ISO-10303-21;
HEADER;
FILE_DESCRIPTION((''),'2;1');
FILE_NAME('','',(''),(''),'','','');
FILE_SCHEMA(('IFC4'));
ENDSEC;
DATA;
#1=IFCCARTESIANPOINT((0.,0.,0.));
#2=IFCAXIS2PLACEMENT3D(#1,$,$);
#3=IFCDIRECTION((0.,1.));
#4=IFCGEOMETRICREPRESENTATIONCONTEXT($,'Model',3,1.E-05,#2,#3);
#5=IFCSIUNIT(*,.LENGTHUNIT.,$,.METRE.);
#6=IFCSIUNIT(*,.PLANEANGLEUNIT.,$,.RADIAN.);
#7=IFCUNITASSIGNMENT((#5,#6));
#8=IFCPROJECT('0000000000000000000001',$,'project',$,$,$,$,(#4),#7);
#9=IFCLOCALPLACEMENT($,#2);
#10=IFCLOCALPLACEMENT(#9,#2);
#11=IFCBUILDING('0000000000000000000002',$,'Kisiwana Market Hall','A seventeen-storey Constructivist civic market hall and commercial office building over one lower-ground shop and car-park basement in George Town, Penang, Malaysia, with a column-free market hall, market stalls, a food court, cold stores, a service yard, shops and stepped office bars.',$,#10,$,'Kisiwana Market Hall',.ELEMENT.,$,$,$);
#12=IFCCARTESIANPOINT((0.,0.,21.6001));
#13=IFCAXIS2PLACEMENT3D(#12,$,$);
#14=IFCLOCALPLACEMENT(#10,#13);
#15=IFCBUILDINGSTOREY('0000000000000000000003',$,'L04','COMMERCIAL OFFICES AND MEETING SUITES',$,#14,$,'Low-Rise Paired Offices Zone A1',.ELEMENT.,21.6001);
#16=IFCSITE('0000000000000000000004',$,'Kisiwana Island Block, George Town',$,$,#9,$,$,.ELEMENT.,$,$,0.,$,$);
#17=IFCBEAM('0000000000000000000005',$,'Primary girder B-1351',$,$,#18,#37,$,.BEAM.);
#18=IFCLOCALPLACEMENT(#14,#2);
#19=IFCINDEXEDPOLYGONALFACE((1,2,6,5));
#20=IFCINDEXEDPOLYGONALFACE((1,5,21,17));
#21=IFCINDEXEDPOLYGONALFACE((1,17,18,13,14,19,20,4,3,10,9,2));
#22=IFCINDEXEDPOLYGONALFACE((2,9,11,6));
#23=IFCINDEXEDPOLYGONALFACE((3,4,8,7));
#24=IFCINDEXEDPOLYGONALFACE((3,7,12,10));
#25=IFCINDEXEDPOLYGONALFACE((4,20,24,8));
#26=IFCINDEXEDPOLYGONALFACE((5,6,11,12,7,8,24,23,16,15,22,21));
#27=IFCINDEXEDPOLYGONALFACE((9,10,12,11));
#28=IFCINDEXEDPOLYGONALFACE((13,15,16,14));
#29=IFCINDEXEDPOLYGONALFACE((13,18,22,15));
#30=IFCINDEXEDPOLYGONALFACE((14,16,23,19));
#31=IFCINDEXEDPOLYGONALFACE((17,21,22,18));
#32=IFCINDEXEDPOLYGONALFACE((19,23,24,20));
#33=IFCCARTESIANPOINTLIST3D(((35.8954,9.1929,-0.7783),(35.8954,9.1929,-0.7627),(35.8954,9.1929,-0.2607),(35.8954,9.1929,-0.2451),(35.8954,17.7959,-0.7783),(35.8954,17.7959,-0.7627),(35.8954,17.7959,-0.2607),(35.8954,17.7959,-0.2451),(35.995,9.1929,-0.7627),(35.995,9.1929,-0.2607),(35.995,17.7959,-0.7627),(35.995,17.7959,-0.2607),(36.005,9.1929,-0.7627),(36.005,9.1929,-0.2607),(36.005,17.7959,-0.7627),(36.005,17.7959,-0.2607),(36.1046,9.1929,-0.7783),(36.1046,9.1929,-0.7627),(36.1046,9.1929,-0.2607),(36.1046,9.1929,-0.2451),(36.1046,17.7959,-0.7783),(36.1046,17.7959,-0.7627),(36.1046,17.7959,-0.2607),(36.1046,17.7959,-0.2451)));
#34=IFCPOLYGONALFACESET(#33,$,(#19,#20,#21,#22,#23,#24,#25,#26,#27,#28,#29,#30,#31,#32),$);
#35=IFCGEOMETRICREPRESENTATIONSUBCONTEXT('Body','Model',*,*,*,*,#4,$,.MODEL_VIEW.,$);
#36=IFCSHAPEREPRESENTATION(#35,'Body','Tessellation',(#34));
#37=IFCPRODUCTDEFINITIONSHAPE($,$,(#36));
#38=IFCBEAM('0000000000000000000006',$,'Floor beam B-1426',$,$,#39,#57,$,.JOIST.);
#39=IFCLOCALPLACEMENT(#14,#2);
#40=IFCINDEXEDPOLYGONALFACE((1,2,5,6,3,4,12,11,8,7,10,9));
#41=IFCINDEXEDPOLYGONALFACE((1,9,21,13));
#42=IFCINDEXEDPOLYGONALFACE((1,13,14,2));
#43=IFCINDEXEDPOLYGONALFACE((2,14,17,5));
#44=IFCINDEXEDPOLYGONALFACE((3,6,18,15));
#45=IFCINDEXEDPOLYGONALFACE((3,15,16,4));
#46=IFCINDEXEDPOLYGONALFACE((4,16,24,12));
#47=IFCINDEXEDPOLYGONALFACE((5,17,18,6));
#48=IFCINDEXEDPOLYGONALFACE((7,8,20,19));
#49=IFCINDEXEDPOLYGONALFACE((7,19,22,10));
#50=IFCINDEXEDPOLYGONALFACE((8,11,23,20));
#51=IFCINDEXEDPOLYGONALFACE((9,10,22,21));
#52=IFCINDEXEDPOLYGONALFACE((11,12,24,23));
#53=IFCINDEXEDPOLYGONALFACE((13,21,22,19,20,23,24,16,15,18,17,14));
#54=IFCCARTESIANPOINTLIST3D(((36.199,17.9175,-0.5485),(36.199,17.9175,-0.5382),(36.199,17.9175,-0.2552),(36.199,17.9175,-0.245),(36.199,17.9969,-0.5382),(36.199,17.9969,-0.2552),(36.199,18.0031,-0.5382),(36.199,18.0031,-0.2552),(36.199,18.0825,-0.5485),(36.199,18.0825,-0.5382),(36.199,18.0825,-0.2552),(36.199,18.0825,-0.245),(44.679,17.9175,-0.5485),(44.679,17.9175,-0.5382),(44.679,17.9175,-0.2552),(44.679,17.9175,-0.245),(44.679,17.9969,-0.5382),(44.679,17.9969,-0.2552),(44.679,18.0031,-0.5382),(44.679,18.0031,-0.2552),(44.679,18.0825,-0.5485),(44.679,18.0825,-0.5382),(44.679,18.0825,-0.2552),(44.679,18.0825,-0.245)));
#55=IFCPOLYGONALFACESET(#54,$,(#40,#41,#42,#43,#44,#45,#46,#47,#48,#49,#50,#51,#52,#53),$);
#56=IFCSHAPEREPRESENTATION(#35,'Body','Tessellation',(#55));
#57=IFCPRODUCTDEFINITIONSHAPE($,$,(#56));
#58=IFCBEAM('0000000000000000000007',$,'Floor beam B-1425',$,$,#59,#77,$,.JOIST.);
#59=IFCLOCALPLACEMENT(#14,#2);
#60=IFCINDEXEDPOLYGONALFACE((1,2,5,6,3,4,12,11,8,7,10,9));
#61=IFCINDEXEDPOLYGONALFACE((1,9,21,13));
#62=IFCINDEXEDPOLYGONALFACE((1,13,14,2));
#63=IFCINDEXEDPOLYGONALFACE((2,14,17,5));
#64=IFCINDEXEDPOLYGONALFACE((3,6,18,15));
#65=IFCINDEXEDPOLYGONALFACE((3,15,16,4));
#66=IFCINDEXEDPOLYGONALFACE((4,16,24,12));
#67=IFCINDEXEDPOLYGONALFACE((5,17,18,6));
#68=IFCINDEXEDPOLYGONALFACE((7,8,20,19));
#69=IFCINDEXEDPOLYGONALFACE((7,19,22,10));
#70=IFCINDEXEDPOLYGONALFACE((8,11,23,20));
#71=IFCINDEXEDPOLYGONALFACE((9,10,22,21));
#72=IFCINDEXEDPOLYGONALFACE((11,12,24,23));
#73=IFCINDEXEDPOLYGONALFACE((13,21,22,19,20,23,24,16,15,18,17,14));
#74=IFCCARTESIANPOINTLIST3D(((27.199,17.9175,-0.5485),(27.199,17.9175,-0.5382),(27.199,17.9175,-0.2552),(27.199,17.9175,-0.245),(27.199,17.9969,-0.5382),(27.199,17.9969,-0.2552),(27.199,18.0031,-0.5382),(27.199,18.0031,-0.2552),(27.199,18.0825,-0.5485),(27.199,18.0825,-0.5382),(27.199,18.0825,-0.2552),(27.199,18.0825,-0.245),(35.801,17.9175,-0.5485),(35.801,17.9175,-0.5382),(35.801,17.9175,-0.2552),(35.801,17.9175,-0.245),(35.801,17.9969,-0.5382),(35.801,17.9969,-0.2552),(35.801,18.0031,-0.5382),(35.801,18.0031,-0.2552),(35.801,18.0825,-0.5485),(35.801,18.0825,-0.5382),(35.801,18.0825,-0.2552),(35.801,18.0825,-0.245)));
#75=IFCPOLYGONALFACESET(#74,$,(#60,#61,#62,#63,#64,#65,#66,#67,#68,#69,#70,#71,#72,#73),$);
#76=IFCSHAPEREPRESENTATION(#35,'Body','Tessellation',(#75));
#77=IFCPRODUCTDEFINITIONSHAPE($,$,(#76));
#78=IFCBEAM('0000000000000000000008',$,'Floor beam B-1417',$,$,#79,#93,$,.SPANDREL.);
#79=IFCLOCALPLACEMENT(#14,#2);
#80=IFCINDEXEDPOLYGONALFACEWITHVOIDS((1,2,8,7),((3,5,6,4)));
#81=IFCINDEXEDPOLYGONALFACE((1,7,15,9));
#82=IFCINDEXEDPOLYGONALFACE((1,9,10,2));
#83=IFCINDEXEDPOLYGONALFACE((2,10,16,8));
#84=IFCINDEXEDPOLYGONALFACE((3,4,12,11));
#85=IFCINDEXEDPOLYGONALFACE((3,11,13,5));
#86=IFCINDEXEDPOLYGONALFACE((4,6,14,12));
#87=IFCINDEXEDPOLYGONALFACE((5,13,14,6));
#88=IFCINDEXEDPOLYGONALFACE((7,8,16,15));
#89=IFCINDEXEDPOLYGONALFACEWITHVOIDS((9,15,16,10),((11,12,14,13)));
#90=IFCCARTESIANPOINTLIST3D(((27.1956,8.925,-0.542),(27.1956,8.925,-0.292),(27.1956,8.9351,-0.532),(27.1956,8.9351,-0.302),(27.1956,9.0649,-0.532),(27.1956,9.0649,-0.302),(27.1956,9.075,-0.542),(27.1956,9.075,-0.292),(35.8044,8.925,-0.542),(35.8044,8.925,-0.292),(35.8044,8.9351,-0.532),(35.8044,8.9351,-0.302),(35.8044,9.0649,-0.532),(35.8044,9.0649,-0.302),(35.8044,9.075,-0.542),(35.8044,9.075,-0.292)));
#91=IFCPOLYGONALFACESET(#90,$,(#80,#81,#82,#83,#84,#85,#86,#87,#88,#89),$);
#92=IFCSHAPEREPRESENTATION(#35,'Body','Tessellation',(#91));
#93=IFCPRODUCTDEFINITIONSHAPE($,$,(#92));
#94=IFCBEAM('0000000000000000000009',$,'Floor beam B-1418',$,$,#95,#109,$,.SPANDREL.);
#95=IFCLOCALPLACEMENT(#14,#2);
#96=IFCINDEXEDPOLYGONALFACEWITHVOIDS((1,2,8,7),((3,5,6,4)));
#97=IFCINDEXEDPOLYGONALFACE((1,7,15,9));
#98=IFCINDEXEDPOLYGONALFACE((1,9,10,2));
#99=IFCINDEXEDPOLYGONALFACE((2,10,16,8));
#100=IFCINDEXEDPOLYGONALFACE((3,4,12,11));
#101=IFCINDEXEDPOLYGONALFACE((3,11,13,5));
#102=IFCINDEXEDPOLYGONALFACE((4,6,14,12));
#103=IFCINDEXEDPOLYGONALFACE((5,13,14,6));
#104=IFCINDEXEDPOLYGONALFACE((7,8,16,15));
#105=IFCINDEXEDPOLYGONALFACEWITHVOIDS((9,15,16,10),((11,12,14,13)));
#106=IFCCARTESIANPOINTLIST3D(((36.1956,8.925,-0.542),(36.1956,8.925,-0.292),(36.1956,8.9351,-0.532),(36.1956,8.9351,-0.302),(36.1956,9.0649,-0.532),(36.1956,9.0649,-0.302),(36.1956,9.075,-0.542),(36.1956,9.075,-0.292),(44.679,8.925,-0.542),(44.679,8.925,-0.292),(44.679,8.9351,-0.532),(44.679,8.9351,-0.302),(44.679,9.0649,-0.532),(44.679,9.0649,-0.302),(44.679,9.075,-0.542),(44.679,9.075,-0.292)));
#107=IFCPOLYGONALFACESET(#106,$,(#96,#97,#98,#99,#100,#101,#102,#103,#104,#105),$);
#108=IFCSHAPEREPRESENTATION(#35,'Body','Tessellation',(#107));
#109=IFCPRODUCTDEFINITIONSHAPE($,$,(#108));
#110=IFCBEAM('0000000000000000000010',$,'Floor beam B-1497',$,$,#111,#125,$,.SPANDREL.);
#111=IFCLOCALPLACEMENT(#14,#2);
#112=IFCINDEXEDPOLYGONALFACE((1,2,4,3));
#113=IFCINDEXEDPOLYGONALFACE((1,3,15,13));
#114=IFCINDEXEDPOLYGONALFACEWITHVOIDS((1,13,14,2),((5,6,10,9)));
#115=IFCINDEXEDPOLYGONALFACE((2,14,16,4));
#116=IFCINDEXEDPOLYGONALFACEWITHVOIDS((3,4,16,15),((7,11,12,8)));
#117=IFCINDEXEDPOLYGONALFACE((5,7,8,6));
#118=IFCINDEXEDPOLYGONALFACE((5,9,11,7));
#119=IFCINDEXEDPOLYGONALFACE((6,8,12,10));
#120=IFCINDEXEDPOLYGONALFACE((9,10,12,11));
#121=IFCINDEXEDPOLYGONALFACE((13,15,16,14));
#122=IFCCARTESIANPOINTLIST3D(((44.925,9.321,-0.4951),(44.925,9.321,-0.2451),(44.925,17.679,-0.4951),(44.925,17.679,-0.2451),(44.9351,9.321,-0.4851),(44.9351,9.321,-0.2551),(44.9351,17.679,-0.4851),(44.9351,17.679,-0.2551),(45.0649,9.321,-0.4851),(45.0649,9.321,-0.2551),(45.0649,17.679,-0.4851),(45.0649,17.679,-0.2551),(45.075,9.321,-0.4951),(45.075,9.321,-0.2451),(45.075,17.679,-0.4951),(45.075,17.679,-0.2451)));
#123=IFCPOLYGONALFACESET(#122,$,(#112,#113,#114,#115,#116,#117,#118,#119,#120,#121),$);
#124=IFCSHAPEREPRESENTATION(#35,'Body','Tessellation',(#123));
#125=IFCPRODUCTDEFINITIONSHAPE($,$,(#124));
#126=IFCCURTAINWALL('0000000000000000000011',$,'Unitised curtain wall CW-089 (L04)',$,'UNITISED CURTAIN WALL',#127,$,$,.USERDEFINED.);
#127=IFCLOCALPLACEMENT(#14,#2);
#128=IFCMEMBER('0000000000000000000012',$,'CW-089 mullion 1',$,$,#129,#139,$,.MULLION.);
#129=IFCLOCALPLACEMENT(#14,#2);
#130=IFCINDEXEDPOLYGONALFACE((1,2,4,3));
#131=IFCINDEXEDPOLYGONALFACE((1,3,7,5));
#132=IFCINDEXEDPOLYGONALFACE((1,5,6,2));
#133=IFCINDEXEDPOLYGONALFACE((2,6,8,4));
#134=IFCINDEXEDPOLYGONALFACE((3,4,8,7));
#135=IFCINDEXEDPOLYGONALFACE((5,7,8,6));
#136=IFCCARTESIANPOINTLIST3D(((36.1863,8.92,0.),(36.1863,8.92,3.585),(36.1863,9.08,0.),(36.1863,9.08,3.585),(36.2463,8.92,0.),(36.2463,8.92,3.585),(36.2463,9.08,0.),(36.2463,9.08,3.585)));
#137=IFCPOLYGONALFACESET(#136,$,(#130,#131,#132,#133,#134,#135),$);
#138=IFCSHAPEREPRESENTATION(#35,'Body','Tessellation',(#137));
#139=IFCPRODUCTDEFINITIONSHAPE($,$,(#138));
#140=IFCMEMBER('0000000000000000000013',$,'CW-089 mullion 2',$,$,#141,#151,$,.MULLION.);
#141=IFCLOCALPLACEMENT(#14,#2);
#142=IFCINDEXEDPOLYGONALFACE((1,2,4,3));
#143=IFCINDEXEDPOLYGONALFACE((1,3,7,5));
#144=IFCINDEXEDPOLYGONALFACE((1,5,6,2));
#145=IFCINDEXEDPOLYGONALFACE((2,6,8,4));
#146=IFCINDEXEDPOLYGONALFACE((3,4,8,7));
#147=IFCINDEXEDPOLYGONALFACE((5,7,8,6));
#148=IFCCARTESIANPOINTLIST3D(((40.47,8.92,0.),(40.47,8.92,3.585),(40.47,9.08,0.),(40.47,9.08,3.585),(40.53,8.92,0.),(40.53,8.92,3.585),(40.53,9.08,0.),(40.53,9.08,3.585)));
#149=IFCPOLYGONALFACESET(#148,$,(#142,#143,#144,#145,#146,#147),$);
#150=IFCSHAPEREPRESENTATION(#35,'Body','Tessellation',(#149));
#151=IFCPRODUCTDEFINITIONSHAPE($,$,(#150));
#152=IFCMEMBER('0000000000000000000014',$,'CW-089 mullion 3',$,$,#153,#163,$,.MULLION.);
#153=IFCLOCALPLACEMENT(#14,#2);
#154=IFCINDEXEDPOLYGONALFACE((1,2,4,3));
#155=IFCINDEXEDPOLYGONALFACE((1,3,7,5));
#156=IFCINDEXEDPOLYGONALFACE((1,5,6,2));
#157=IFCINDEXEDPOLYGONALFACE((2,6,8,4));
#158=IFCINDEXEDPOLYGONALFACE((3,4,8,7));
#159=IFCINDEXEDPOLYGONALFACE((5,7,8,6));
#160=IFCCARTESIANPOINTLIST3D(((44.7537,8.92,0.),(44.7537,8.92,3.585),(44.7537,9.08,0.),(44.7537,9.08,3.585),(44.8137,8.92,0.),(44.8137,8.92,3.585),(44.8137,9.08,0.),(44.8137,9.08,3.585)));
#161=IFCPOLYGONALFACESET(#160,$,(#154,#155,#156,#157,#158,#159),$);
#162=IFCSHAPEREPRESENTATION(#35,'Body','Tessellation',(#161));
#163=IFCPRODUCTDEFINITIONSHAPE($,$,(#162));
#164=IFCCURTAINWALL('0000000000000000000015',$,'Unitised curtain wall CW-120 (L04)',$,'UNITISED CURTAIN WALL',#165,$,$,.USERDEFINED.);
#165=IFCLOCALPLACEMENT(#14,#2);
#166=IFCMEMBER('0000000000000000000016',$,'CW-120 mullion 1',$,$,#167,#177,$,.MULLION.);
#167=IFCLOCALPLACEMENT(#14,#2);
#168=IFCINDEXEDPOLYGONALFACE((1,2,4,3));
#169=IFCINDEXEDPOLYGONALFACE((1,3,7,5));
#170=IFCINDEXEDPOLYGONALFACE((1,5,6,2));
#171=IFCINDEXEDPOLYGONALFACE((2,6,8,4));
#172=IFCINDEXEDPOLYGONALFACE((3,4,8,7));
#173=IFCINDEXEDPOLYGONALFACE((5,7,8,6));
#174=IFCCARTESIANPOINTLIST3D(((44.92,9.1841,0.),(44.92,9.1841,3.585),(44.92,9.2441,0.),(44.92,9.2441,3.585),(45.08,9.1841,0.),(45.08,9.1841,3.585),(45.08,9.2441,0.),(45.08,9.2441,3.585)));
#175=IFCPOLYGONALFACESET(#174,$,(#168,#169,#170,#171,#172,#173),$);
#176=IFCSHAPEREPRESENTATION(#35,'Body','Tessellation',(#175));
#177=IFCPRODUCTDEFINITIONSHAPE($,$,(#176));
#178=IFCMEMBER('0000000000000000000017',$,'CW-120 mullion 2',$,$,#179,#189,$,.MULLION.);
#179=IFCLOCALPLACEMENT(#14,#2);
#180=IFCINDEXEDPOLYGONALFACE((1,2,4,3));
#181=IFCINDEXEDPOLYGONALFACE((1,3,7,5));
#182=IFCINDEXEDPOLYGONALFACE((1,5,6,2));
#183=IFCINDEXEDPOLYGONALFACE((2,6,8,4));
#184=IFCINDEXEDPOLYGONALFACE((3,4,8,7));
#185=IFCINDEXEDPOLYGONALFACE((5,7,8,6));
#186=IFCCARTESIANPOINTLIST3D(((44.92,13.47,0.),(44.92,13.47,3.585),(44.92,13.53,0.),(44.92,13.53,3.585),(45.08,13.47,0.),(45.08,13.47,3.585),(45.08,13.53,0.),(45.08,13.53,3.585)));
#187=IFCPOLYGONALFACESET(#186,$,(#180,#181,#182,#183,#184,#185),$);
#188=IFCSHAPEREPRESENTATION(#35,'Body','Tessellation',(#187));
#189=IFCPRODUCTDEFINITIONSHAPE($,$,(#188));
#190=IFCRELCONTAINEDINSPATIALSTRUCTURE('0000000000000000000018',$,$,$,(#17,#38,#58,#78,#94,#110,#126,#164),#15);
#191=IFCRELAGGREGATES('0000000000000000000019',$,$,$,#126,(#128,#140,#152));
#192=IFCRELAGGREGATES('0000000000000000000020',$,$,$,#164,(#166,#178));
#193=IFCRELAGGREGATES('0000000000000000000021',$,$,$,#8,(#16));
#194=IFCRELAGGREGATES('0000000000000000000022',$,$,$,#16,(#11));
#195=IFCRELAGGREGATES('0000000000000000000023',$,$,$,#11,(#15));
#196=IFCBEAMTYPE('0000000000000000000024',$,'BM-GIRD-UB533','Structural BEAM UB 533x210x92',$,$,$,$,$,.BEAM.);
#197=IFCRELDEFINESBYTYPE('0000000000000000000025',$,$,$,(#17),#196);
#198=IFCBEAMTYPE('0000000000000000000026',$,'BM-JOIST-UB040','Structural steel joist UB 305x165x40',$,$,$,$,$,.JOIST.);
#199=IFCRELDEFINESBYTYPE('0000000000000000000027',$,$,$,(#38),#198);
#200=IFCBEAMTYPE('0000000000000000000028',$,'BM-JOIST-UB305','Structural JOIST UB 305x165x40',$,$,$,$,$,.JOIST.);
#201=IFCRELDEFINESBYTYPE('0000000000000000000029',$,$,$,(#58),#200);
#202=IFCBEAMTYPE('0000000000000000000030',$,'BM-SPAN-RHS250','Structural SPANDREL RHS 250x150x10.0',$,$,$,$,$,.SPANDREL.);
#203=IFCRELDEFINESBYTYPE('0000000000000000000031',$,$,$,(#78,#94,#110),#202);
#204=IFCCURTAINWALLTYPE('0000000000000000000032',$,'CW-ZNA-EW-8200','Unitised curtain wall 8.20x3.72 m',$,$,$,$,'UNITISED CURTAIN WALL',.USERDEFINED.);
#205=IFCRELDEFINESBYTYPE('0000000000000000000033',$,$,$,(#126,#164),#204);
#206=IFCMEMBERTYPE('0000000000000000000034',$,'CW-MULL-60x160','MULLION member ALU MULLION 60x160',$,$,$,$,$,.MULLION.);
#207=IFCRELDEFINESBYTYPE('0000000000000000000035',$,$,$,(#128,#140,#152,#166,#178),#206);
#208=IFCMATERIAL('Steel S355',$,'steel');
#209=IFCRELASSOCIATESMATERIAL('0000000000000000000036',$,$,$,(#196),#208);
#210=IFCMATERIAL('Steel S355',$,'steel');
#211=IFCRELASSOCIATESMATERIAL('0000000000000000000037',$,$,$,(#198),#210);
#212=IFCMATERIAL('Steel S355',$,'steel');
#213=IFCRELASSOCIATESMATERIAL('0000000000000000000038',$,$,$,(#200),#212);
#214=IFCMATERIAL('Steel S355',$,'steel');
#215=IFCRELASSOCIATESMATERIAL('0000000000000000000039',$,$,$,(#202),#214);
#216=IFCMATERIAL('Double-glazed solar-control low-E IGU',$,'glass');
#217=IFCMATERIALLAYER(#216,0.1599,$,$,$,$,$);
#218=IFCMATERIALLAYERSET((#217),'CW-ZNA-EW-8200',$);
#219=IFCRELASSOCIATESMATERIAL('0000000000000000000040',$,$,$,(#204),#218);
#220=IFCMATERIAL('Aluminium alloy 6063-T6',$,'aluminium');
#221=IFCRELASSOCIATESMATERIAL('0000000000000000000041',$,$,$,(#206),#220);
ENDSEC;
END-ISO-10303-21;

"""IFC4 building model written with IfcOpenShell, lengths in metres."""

from ifc_helpers import new_model, si_unit, direction, frame, origin, origin_2d, place, context, subcontext, project, spatial, rectangle, hollow_rectangle, i_section, extrude, material, layer, layer_set, material_profile, profile_set, type_object, element, aggregate, save


model = new_model("IFC4")

# Units and contexts
model_context = context("Model", 3, precision=1e-05, world=origin(), true_north=direction((0.0, 1.0)))
body_context = subcontext(model_context, "Body", "Model", "MODEL_VIEW")
ifc_project = project(units=[si_unit("LENGTHUNIT", "METRE"), si_unit("PLANEANGLEUNIT", "RADIAN")], contexts=[model_context])

# Site, building, storey
site_placement = place(None, origin())
site = spatial("IfcSite", under=ifc_project, at=site_placement, Name="Kisiwana Island Block, George Town", CompositionType="ELEMENT", RefElevation=0.0)
building_placement = place(site_placement, origin())
building = spatial("IfcBuilding", under=site, at=building_placement, Name="Kisiwana Market Hall", Description="A seventeen-storey Constructivist civic market hall and commercial office building over one lower-ground shop and car-park basement in George Town, Penang, Malaysia, with a column-free market hall, market stalls, a food court, cold stores, a service yard, shops and stepped office bars.", LongName="Kisiwana Market Hall", CompositionType="ELEMENT")
storey_placement = place(building_placement, frame((0.0, 0.0, 21.6001)))
storey = spatial("IfcBuildingStorey", under=building, at=storey_placement, Name="L04", Description="COMMERCIAL OFFICES AND MEETING SUITES", LongName="Low-Rise Paired Offices Zone A1", CompositionType="ELEMENT", Elevation=21.6001)

# Beams
ifc_material_1 = material(Name="Steel S355", Category="steel")
ifc_material_profile_1 = material_profile(ifc_material_1, i_section(OverallWidth=0.2092, OverallDepth=0.5332, WebThickness=0.01, FlangeThickness=0.0156, at=origin_2d()), Name="UB 533x210x92")
ifc_profile_set_1 = profile_set([ifc_material_profile_1], Name="Steel S355")
beam_type_1 = type_object("IfcBeamType", Name="BM-GIRD-UB533", Description="Structural BEAM UB 533x210x92", PredefinedType="BEAM", material=ifc_profile_set_1)
beam_1_placement = place(storey_placement, frame((36.0, 9.1929, -0.5117), z_axis=(0.0, 1.0, 0.0), x_axis=(-1.0, 0.0, 0.0)))
element("IfcBeam", 1, at=beam_1_placement, inside=storey, type_object=beam_type_1, Name="Primary girder B-1351", PredefinedType="BEAM", context=body_context, shape_type="SweptSolid", body=[
    extrude(i_section(OverallWidth=0.2092, OverallDepth=0.5332, WebThickness=0.01, FlangeThickness=0.0156, at=origin_2d()), origin(), (0.0, 0.0, 1.0), 8.603),
])
ifc_material_2 = material(Name="Steel S355", Category="steel")
ifc_material_profile_2 = material_profile(ifc_material_2, i_section(OverallWidth=0.165, OverallDepth=0.3035, WebThickness=0.0061, FlangeThickness=0.0103, at=origin_2d()), Name="UB 305x165x40")
ifc_profile_set_2 = profile_set([ifc_material_profile_2], Name="Steel S355")
beam_type_2 = type_object("IfcBeamType", Name="BM-JOIST-UB040", Description="Structural steel joist UB 305x165x40", PredefinedType="JOIST", material=ifc_profile_set_2)
beam_2_placement = place(storey_placement, frame((36.199, 18.0, -0.3967), z_axis=(1.0, 0.0, 0.0), x_axis=(0.0, 1.0, 0.0)))
element("IfcBeam", 2, at=beam_2_placement, inside=storey, type_object=beam_type_2, Name="Floor beam B-1426", PredefinedType="JOIST", context=body_context, shape_type="SweptSolid", body=[
    extrude(i_section(OverallWidth=0.165, OverallDepth=0.3035, WebThickness=0.0061, FlangeThickness=0.0103, at=origin_2d()), origin(), (0.0, 0.0, 1.0), 8.48),
])
ifc_material_3 = material(Name="Steel S355", Category="steel")
ifc_material_profile_3 = material_profile(ifc_material_3, i_section(OverallWidth=0.165, OverallDepth=0.3035, WebThickness=0.0061, FlangeThickness=0.0103, at=origin_2d()), Name="UB 305x165x40")
ifc_profile_set_3 = profile_set([ifc_material_profile_3], Name="Steel S355")
beam_type_3 = type_object("IfcBeamType", Name="BM-JOIST-UB305", Description="Structural JOIST UB 305x165x40", PredefinedType="JOIST", material=ifc_profile_set_3)
beam_3_placement = place(storey_placement, frame((27.199, 18.0, -0.3967), z_axis=(1.0, 0.0, 0.0), x_axis=(0.0, 1.0, 0.0)))
element("IfcBeam", 3, at=beam_3_placement, inside=storey, type_object=beam_type_3, Name="Floor beam B-1425", PredefinedType="JOIST", context=body_context, shape_type="SweptSolid", body=[
    extrude(i_section(OverallWidth=0.165, OverallDepth=0.3035, WebThickness=0.0061, FlangeThickness=0.0103, at=origin_2d()), origin(), (0.0, 0.0, 1.0), 8.6021),
])
ifc_material_4 = material(Name="Steel S355", Category="steel")
ifc_material_profile_4 = material_profile(ifc_material_4, hollow_rectangle(XDim=0.1499, YDim=0.25, WallThickness=0.01, at=origin_2d()), Name="RHS 250x150x10.0")
ifc_profile_set_4 = profile_set([ifc_material_profile_4], Name="Steel S355")
beam_type_4 = type_object("IfcBeamType", Name="BM-SPAN-RHS250", Description="Structural SPANDREL RHS 250x150x10.0", PredefinedType="SPANDREL", material=ifc_profile_set_4)
beam_4_placement = place(storey_placement, frame((27.1956, 9.0, -0.417), z_axis=(1.0, 0.0, 0.0), x_axis=(0.0, 1.0, 0.0)))
element("IfcBeam", 4, at=beam_4_placement, inside=storey, type_object=beam_type_4, Name="Floor beam B-1417", PredefinedType="SPANDREL", context=body_context, shape_type="SweptSolid", body=[
    extrude(hollow_rectangle(XDim=0.1499, YDim=0.25, WallThickness=0.01, at=origin_2d()), origin(), (0.0, 0.0, 1.0), 8.6089),
])
beam_5_placement = place(storey_placement, frame((36.1956, 9.0, -0.417), z_axis=(1.0, 0.0, 0.0), x_axis=(0.0, 1.0, 0.0)))
element("IfcBeam", 5, at=beam_5_placement, inside=storey, type_object=beam_type_4, Name="Floor beam B-1418", PredefinedType="SPANDREL", context=body_context, shape_type="SweptSolid", body=[
    extrude(hollow_rectangle(XDim=0.1499, YDim=0.25, WallThickness=0.01, at=origin_2d()), origin(), (0.0, 0.0, 1.0), 8.4834),
])
beam_6_placement = place(storey_placement, frame((45.0, 9.321, -0.3701), z_axis=(0.0, 1.0, 0.0), x_axis=(-1.0, 0.0, 0.0)))
element("IfcBeam", 6, at=beam_6_placement, inside=storey, type_object=beam_type_4, Name="Floor beam B-1497", PredefinedType="SPANDREL", context=body_context, shape_type="SweptSolid", body=[
    extrude(hollow_rectangle(XDim=0.1499, YDim=0.25, WallThickness=0.01, at=origin_2d()), origin(), (0.0, 0.0, 1.0), 8.3579),
])

# Curtain walls, members
ifc_material_5 = material(Name="Double-glazed solar-control low-E IGU", Category="glass")
ifc_layer_1 = layer(ifc_material_5, 0.1599)
ifc_layer_set_1 = layer_set([ifc_layer_1], Name="CW-ZNA-EW-8200")
curtain_wall_type = type_object("IfcCurtainWallType", Name="CW-ZNA-EW-8200", Description="Unitised curtain wall 8.20x3.72 m", ElementType="UNITISED CURTAIN WALL", PredefinedType="USERDEFINED", material=ifc_layer_set_1)
curtain_wall_1_placement = place(storey_placement, origin())
curtain_wall_1 = element("IfcCurtainWall", 7, at=curtain_wall_1_placement, inside=storey, type_object=curtain_wall_type, Name="Unitised curtain wall CW-089 (L04)", ObjectType="UNITISED CURTAIN WALL", PredefinedType="USERDEFINED")
ifc_material_6 = material(Name="Aluminium alloy 6063-T6", Category="aluminium")
ifc_material_profile_5 = material_profile(ifc_material_6, rectangle(XDim=0.0601, YDim=0.1599, at=origin_2d()), Name="ALU MULLION 60x160")
ifc_profile_set_5 = profile_set([ifc_material_profile_5], Name="Aluminium alloy 6063-T6")
member_type_1 = type_object("IfcMemberType", Name="CW-MULL-60x160", Description="MULLION member ALU MULLION 60x160", PredefinedType="MULLION", material=ifc_profile_set_5)
member_1_placement = place(storey_placement, frame((36.2163, 9.0, 0.0), z_axis=(0.0, 0.0, 1.0), x_axis=(1.0, 0.0, 0.0)))
member_1 = element("IfcMember", 8, at=member_1_placement, type_object=member_type_1, Name="CW-089 mullion 1", PredefinedType="MULLION", context=body_context, shape_type="SweptSolid", body=[
    extrude(rectangle(XDim=0.0601, YDim=0.1599, at=origin_2d()), origin(), (0.0, 0.0, 1.0), 3.585),
])
member_2_placement = place(storey_placement, frame((40.5, 9.0, 0.0), z_axis=(0.0, 0.0, 1.0), x_axis=(1.0, 0.0, 0.0)))
member_2 = element("IfcMember", 9, at=member_2_placement, type_object=member_type_1, Name="CW-089 mullion 2", PredefinedType="MULLION", context=body_context, shape_type="SweptSolid", body=[
    extrude(rectangle(XDim=0.0601, YDim=0.1599, at=origin_2d()), origin(), (0.0, 0.0, 1.0), 3.585),
])
member_3_placement = place(storey_placement, frame((44.7837, 9.0, 0.0), z_axis=(0.0, 0.0, 1.0), x_axis=(1.0, 0.0, 0.0)))
member_3 = element("IfcMember", 10, at=member_3_placement, type_object=member_type_1, Name="CW-089 mullion 3", PredefinedType="MULLION", context=body_context, shape_type="SweptSolid", body=[
    extrude(rectangle(XDim=0.0601, YDim=0.1599, at=origin_2d()), origin(), (0.0, 0.0, 1.0), 3.585),
])
curtain_wall_2_placement = place(storey_placement, origin())
curtain_wall_2 = element("IfcCurtainWall", 11, at=curtain_wall_2_placement, inside=storey, type_object=curtain_wall_type, Name="Unitised curtain wall CW-120 (L04)", ObjectType="UNITISED CURTAIN WALL", PredefinedType="USERDEFINED")
member_4_placement = place(storey_placement, frame((45.0, 9.2141, 0.0), z_axis=(0.0, 0.0, 1.0), x_axis=(0.0, 1.0, 0.0)))
member_4 = element("IfcMember", 12, at=member_4_placement, type_object=member_type_1, Name="CW-120 mullion 1", PredefinedType="MULLION", context=body_context, shape_type="SweptSolid", body=[
    extrude(rectangle(XDim=0.0601, YDim=0.1599, at=origin_2d()), origin(), (0.0, 0.0, 1.0), 3.585),
])
member_5_placement = place(storey_placement, frame((45.0, 13.5, 0.0), z_axis=(0.0, 0.0, 1.0), x_axis=(0.0, 1.0, 0.0)))
member_5 = element("IfcMember", 13, at=member_5_placement, type_object=member_type_1, Name="CW-120 mullion 2", PredefinedType="MULLION", context=body_context, shape_type="SweptSolid", body=[
    extrude(rectangle(XDim=0.0601, YDim=0.1599, at=origin_2d()), origin(), (0.0, 0.0, 1.0), 3.585),
])

aggregate(curtain_wall_1, [member_1, member_2, member_3])
aggregate(curtain_wall_2, [member_4, member_5])

save(model, "model.ifc")
